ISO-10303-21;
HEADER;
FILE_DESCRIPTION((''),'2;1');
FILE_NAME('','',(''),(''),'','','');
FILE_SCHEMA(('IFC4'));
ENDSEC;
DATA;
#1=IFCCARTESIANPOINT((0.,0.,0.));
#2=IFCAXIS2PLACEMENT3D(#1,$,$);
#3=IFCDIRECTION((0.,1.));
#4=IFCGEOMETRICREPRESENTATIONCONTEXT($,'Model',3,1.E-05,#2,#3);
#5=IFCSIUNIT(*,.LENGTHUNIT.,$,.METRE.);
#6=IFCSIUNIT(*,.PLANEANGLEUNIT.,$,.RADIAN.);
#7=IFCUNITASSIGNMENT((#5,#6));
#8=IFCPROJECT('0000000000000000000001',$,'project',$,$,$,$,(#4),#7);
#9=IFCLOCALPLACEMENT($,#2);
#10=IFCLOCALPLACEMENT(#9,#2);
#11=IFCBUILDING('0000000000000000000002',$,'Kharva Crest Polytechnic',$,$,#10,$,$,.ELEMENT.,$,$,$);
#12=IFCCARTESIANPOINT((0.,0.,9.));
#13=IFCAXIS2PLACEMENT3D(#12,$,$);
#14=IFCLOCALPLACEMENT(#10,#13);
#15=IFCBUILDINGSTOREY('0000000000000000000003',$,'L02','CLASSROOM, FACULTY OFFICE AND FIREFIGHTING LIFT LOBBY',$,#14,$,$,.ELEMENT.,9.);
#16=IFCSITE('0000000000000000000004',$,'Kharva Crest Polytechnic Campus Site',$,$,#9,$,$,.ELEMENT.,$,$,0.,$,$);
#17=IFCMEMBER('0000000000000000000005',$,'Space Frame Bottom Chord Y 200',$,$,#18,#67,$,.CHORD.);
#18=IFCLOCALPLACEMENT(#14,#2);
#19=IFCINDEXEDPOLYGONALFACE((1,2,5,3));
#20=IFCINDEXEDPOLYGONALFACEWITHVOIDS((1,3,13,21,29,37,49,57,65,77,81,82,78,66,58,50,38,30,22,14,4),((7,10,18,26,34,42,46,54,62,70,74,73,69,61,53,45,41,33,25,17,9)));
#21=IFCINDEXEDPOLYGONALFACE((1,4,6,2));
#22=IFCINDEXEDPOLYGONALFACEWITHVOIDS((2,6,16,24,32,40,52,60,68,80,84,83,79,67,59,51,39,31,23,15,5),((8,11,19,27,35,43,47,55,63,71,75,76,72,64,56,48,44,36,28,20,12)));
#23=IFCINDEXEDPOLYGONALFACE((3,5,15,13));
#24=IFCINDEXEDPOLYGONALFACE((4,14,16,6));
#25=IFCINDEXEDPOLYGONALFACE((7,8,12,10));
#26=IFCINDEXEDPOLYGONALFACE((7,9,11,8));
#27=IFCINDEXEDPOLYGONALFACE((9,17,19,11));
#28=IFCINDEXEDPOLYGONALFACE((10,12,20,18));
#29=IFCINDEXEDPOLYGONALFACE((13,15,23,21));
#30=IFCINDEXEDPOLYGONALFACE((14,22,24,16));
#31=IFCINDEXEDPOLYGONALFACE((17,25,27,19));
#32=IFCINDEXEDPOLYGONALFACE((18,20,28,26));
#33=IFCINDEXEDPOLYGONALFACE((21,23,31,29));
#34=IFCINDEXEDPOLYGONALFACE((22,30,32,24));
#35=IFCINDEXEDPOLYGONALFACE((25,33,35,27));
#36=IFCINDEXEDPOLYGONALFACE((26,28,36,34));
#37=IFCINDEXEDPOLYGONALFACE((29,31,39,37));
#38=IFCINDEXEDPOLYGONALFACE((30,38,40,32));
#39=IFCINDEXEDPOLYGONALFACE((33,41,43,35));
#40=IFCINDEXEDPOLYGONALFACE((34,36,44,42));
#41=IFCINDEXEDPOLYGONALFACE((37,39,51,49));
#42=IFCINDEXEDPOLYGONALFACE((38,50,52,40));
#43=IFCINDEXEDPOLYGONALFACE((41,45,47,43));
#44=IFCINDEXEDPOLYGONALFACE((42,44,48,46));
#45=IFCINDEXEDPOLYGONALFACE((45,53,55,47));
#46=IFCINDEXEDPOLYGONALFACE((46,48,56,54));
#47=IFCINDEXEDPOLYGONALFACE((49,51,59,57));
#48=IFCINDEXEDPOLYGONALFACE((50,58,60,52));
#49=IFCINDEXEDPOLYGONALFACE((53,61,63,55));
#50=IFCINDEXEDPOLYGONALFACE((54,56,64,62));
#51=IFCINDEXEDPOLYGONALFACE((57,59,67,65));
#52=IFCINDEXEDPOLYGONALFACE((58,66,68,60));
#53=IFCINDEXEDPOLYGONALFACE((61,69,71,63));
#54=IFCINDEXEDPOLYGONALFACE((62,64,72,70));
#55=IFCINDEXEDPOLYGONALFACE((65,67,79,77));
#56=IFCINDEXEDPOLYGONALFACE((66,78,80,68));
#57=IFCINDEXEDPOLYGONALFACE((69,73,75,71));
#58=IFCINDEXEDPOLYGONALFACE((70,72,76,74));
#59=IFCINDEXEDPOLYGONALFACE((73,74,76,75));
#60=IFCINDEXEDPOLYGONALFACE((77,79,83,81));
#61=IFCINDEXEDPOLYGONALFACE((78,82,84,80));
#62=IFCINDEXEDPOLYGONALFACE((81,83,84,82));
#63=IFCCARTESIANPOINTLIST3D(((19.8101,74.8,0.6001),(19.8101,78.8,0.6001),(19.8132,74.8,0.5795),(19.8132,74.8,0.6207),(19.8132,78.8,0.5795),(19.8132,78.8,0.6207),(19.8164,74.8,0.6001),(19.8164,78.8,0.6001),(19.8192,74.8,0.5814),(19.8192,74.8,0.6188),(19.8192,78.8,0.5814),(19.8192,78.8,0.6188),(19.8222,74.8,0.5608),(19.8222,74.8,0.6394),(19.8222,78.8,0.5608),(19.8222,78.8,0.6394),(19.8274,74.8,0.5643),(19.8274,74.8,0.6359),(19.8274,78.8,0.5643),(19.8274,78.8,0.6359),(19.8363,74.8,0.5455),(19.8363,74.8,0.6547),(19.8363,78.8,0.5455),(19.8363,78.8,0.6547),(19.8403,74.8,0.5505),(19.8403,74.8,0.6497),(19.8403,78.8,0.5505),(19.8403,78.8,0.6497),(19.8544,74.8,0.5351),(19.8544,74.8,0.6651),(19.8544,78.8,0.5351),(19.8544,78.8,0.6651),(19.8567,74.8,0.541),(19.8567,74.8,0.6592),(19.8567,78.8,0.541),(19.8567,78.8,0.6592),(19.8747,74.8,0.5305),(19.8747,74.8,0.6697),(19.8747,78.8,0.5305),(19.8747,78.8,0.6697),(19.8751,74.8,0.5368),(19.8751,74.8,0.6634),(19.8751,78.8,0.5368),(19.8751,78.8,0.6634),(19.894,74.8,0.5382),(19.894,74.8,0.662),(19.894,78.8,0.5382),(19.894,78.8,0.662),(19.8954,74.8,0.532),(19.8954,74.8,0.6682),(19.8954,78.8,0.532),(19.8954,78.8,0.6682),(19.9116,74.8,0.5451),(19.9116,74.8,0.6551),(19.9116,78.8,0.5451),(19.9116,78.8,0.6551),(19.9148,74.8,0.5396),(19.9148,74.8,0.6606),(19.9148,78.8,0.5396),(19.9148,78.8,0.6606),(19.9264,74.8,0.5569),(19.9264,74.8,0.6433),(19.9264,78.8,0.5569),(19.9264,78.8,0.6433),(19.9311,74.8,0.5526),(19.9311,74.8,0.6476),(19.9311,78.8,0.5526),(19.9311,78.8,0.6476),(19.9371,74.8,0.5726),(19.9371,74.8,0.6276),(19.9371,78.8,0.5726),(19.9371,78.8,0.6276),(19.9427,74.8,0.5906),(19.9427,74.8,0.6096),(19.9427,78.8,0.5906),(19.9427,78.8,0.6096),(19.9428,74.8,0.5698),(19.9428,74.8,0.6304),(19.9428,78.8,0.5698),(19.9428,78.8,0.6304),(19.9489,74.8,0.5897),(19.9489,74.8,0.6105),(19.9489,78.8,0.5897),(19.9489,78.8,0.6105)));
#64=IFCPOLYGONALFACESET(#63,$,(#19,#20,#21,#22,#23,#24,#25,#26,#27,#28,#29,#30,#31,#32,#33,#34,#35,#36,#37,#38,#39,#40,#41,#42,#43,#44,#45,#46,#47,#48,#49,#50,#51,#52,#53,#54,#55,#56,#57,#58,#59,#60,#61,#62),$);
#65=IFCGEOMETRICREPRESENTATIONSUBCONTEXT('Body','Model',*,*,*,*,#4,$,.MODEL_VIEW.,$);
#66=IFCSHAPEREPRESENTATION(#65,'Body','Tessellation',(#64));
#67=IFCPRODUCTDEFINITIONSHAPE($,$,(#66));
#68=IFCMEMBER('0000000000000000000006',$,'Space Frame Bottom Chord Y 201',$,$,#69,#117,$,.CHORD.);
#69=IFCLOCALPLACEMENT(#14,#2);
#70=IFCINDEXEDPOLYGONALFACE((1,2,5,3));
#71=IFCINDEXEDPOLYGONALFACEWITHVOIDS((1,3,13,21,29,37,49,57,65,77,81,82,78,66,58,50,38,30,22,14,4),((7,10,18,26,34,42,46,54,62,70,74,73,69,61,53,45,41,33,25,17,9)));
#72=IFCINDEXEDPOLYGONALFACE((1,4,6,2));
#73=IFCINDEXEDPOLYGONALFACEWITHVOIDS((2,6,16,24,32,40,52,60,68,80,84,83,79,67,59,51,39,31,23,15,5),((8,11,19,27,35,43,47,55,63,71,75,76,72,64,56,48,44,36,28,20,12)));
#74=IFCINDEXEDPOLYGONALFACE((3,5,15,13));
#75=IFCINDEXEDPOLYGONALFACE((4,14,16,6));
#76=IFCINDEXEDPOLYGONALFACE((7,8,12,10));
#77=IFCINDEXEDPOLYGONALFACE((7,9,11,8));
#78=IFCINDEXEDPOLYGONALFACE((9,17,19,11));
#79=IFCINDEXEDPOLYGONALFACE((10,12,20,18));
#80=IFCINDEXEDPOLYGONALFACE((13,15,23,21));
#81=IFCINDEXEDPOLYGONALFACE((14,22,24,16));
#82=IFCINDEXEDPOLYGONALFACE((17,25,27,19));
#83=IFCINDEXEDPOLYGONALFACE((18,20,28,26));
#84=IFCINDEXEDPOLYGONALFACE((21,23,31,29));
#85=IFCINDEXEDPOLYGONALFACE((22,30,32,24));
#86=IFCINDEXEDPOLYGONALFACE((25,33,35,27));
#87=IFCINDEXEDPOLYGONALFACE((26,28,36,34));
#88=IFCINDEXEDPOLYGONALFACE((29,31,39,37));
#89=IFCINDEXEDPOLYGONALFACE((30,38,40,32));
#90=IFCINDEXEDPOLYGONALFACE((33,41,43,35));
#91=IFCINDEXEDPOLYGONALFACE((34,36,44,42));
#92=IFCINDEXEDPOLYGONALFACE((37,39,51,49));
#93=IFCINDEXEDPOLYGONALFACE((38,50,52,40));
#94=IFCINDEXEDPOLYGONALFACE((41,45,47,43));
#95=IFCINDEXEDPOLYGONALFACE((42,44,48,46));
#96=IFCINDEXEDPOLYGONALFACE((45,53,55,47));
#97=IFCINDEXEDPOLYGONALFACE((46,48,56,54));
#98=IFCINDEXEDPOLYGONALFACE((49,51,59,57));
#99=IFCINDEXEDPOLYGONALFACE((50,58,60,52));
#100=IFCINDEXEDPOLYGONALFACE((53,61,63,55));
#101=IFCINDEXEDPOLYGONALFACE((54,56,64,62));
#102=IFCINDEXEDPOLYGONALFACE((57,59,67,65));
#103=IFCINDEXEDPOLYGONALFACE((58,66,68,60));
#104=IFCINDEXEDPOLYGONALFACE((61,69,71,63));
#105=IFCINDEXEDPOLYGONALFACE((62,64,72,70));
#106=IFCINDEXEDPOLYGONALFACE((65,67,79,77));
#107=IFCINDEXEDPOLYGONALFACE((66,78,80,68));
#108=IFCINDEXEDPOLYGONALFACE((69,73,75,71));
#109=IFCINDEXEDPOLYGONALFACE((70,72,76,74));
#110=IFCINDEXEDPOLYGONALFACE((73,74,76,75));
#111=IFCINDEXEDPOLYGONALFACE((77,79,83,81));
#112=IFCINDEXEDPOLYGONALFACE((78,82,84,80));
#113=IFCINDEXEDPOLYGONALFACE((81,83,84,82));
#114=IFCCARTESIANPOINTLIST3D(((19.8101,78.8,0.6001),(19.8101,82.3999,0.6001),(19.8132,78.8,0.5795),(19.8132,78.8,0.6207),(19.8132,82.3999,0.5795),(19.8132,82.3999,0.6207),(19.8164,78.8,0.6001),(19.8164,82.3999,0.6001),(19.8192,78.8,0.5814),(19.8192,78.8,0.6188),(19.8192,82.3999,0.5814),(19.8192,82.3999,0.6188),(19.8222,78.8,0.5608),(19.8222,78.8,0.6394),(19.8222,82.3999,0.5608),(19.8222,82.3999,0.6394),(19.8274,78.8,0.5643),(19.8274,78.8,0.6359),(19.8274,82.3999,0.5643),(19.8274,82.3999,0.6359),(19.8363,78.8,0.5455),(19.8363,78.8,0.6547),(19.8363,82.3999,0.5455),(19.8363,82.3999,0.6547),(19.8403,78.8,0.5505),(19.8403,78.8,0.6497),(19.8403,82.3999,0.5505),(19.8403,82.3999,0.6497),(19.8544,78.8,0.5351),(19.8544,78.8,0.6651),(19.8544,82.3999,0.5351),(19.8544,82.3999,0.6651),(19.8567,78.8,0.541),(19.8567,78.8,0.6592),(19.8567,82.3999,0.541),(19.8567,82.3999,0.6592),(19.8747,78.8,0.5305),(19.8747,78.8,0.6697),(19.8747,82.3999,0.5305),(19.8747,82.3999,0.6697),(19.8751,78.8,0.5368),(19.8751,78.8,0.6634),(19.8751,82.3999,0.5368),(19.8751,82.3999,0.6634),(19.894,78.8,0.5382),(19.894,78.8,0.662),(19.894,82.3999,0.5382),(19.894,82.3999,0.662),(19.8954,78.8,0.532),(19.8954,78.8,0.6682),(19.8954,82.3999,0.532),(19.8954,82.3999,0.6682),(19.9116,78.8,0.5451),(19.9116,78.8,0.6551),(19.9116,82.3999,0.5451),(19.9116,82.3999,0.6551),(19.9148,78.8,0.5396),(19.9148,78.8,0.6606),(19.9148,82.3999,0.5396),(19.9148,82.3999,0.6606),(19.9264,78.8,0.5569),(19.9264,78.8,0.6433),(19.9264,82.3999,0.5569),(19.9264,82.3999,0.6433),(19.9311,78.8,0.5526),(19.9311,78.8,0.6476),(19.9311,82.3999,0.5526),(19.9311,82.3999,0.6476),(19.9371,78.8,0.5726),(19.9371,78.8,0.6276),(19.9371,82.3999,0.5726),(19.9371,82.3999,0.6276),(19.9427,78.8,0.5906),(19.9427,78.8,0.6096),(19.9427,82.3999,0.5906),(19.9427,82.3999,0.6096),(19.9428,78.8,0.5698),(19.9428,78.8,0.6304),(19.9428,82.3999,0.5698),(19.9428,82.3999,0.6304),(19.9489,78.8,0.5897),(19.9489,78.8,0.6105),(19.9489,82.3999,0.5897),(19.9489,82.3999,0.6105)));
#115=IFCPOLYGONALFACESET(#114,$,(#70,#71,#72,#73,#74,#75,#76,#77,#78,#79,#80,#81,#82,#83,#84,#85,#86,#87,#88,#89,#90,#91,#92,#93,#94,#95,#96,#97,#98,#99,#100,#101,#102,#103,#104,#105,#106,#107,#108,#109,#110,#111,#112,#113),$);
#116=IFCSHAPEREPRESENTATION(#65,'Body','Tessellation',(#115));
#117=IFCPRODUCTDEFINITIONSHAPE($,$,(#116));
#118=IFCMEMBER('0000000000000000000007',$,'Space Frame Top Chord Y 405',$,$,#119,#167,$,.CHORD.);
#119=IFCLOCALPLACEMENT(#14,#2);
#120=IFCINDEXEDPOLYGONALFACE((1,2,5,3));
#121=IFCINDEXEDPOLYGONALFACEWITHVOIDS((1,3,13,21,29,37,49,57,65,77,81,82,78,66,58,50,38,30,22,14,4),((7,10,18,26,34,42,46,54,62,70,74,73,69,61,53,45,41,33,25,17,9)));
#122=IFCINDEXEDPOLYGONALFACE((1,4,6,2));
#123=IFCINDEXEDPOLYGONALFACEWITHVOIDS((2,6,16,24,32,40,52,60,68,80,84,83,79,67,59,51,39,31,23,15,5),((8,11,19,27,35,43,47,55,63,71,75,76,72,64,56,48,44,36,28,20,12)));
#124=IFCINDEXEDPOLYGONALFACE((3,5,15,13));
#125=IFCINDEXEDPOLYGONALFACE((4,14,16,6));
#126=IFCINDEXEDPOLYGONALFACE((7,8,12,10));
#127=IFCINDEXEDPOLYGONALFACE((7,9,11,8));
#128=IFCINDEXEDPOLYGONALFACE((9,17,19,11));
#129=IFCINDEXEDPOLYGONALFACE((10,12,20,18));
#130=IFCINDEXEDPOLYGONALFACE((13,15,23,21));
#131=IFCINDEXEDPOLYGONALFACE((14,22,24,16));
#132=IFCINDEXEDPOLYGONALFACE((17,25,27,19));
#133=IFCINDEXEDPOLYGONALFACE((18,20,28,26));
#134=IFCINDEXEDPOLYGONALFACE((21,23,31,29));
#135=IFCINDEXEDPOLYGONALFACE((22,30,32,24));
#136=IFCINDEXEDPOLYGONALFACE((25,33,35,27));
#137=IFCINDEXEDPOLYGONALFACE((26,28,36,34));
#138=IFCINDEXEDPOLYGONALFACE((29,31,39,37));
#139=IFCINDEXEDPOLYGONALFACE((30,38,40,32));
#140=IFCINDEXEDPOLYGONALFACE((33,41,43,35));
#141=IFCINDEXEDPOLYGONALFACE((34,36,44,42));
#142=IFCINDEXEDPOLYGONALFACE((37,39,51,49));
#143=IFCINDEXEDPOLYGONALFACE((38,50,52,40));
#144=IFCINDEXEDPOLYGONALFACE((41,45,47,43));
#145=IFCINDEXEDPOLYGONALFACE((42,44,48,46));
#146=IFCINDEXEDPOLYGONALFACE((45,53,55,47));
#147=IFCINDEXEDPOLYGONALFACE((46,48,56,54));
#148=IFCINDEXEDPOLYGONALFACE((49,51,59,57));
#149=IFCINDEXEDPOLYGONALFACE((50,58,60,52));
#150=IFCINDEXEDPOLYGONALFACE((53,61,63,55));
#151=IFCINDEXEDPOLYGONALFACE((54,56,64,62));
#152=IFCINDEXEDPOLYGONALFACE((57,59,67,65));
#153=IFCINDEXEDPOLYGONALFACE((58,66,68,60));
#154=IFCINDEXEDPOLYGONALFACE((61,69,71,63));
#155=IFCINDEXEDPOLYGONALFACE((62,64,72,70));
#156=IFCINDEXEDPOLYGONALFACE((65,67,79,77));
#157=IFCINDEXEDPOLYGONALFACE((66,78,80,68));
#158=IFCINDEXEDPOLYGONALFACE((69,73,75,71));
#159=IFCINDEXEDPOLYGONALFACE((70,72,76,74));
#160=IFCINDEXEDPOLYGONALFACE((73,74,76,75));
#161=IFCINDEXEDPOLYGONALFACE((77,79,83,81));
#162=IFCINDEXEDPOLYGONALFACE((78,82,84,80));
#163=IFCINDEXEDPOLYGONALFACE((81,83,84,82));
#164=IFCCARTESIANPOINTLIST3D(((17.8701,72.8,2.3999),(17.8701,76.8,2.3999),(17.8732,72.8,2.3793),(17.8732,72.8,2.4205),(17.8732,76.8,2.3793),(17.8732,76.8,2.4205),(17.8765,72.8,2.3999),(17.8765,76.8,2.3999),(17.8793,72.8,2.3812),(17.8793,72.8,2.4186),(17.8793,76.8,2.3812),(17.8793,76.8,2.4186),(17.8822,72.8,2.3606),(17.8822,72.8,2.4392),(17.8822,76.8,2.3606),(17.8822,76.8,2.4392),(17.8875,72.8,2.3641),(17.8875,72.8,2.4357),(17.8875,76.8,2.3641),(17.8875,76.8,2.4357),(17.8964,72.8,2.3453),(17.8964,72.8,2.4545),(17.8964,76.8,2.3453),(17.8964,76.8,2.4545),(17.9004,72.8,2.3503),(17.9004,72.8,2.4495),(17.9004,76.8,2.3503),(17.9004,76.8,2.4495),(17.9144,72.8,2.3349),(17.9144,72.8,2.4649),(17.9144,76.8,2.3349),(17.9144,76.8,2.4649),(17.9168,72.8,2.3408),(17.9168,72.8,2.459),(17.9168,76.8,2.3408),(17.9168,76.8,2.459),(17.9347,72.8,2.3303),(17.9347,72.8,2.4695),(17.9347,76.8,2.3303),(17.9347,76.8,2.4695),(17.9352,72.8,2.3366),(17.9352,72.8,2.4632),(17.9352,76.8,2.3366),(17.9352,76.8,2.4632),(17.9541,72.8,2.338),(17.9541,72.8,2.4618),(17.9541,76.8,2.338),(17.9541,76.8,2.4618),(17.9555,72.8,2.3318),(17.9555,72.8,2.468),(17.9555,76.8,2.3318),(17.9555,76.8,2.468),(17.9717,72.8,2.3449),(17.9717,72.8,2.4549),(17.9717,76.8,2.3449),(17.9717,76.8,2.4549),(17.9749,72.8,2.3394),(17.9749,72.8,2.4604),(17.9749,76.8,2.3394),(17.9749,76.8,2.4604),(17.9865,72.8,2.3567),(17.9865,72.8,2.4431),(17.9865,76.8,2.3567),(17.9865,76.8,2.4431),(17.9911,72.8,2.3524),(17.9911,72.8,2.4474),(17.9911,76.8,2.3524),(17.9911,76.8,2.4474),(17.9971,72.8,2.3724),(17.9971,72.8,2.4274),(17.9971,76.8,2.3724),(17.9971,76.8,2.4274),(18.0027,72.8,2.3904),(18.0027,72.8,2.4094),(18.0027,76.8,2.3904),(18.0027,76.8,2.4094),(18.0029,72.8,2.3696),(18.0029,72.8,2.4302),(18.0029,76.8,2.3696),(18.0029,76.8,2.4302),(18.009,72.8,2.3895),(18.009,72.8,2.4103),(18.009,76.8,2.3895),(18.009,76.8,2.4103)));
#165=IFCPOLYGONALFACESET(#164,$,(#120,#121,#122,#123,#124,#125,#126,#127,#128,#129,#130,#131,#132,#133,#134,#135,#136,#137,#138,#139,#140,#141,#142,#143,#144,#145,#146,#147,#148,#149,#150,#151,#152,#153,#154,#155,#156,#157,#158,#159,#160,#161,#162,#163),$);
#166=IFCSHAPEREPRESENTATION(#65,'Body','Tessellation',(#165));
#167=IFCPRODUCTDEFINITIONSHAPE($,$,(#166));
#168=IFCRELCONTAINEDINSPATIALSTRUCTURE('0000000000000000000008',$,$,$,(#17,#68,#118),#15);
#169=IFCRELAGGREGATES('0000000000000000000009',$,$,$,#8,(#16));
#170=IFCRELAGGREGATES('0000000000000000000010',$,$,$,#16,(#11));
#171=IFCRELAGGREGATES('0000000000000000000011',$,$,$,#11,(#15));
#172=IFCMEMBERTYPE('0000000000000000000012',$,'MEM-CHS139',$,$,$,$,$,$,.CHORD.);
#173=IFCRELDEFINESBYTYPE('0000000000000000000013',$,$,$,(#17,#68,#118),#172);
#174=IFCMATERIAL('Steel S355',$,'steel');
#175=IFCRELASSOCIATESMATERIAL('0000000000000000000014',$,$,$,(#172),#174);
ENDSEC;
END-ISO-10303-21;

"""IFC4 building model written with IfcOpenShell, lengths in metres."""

from ifc_helpers import new_model, si_unit, direction, frame, origin, origin_2d, place, context, subcontext, project, spatial, hollow_circle, extrude, material, material_profile, profile_set, type_object, element, save


model = new_model("IFC4")

# Units and contexts
model_context = context("Model", 3, precision=1e-05, world=origin(), true_north=direction((0.0, 1.0)))
body_context = subcontext(model_context, "Body", "Model", "MODEL_VIEW")
ifc_project = project(units=[si_unit("LENGTHUNIT", "METRE"), si_unit("PLANEANGLEUNIT", "RADIAN")], contexts=[model_context])

# Site, building, storey
site_placement = place(None, origin())
site = spatial("IfcSite", under=ifc_project, at=site_placement, Name="Kharva Crest Polytechnic Campus Site", CompositionType="ELEMENT", RefElevation=0.0)
building_placement = place(site_placement, origin())
building = spatial("IfcBuilding", under=site, at=building_placement, Name="Kharva Crest Polytechnic", CompositionType="ELEMENT")
storey_placement = place(building_placement, frame((0.0, 0.0, 9.0)))
storey = spatial("IfcBuildingStorey", under=building, at=storey_placement, Name="L02", Description="CLASSROOM, FACULTY OFFICE AND FIREFIGHTING LIFT LOBBY", CompositionType="ELEMENT", Elevation=9.0)

# Shared definitions
ifc_material_1 = material(Name="Steel S355", Category="steel")

# Members
ifc_material_profile_1 = material_profile(ifc_material_1, hollow_circle(Radius=0.0698, WallThickness=0.0063, at=origin_2d()), Name="CHS 139.7X6.3")
ifc_profile_set_1 = profile_set([ifc_material_profile_1], Name="Steel S355")
member_type_1 = type_object("IfcMemberType", Name="MEM-CHS139", PredefinedType="CHORD", material=ifc_profile_set_1)
member_1_placement = place(storey_placement, frame((19.8799, 74.8, 0.6001), z_axis=(0.0, 1.0, 0.0), x_axis=(-1.0, 0.0, 0.0)))
element("IfcMember", 1, at=member_1_placement, inside=storey, type_object=member_type_1, Name="Space Frame Bottom Chord Y 200", PredefinedType="CHORD", context=body_context, shape_type="SweptSolid", body=[
    extrude(hollow_circle(Radius=0.0698, WallThickness=0.0063, at=origin_2d()), origin(), (0.0, 0.0, 1.0), 4.0),
])
member_2_placement = place(storey_placement, frame((19.8799, 78.8, 0.6001), z_axis=(0.0, 1.0, 0.0), x_axis=(-1.0, 0.0, 0.0)))
element("IfcMember", 2, at=member_2_placement, inside=storey, type_object=member_type_1, Name="Space Frame Bottom Chord Y 201", PredefinedType="CHORD", context=body_context, shape_type="SweptSolid", body=[
    extrude(hollow_circle(Radius=0.0698, WallThickness=0.0063, at=origin_2d()), origin(), (0.0, 0.0, 1.0), 3.5999),
])
member_3_placement = place(storey_placement, frame((17.9399, 72.8, 2.3999), z_axis=(0.0, 1.0, 0.0), x_axis=(-1.0, 0.0, 0.0)))
element("IfcMember", 3, at=member_3_placement, inside=storey, type_object=member_type_1, Name="Space Frame Top Chord Y 405", PredefinedType="CHORD", context=body_context, shape_type="SweptSolid", body=[
    extrude(hollow_circle(Radius=0.0698, WallThickness=0.0063, at=origin_2d()), origin(), (0.0, 0.0, 1.0), 4.0),
])

save(model, "model.ifc")
